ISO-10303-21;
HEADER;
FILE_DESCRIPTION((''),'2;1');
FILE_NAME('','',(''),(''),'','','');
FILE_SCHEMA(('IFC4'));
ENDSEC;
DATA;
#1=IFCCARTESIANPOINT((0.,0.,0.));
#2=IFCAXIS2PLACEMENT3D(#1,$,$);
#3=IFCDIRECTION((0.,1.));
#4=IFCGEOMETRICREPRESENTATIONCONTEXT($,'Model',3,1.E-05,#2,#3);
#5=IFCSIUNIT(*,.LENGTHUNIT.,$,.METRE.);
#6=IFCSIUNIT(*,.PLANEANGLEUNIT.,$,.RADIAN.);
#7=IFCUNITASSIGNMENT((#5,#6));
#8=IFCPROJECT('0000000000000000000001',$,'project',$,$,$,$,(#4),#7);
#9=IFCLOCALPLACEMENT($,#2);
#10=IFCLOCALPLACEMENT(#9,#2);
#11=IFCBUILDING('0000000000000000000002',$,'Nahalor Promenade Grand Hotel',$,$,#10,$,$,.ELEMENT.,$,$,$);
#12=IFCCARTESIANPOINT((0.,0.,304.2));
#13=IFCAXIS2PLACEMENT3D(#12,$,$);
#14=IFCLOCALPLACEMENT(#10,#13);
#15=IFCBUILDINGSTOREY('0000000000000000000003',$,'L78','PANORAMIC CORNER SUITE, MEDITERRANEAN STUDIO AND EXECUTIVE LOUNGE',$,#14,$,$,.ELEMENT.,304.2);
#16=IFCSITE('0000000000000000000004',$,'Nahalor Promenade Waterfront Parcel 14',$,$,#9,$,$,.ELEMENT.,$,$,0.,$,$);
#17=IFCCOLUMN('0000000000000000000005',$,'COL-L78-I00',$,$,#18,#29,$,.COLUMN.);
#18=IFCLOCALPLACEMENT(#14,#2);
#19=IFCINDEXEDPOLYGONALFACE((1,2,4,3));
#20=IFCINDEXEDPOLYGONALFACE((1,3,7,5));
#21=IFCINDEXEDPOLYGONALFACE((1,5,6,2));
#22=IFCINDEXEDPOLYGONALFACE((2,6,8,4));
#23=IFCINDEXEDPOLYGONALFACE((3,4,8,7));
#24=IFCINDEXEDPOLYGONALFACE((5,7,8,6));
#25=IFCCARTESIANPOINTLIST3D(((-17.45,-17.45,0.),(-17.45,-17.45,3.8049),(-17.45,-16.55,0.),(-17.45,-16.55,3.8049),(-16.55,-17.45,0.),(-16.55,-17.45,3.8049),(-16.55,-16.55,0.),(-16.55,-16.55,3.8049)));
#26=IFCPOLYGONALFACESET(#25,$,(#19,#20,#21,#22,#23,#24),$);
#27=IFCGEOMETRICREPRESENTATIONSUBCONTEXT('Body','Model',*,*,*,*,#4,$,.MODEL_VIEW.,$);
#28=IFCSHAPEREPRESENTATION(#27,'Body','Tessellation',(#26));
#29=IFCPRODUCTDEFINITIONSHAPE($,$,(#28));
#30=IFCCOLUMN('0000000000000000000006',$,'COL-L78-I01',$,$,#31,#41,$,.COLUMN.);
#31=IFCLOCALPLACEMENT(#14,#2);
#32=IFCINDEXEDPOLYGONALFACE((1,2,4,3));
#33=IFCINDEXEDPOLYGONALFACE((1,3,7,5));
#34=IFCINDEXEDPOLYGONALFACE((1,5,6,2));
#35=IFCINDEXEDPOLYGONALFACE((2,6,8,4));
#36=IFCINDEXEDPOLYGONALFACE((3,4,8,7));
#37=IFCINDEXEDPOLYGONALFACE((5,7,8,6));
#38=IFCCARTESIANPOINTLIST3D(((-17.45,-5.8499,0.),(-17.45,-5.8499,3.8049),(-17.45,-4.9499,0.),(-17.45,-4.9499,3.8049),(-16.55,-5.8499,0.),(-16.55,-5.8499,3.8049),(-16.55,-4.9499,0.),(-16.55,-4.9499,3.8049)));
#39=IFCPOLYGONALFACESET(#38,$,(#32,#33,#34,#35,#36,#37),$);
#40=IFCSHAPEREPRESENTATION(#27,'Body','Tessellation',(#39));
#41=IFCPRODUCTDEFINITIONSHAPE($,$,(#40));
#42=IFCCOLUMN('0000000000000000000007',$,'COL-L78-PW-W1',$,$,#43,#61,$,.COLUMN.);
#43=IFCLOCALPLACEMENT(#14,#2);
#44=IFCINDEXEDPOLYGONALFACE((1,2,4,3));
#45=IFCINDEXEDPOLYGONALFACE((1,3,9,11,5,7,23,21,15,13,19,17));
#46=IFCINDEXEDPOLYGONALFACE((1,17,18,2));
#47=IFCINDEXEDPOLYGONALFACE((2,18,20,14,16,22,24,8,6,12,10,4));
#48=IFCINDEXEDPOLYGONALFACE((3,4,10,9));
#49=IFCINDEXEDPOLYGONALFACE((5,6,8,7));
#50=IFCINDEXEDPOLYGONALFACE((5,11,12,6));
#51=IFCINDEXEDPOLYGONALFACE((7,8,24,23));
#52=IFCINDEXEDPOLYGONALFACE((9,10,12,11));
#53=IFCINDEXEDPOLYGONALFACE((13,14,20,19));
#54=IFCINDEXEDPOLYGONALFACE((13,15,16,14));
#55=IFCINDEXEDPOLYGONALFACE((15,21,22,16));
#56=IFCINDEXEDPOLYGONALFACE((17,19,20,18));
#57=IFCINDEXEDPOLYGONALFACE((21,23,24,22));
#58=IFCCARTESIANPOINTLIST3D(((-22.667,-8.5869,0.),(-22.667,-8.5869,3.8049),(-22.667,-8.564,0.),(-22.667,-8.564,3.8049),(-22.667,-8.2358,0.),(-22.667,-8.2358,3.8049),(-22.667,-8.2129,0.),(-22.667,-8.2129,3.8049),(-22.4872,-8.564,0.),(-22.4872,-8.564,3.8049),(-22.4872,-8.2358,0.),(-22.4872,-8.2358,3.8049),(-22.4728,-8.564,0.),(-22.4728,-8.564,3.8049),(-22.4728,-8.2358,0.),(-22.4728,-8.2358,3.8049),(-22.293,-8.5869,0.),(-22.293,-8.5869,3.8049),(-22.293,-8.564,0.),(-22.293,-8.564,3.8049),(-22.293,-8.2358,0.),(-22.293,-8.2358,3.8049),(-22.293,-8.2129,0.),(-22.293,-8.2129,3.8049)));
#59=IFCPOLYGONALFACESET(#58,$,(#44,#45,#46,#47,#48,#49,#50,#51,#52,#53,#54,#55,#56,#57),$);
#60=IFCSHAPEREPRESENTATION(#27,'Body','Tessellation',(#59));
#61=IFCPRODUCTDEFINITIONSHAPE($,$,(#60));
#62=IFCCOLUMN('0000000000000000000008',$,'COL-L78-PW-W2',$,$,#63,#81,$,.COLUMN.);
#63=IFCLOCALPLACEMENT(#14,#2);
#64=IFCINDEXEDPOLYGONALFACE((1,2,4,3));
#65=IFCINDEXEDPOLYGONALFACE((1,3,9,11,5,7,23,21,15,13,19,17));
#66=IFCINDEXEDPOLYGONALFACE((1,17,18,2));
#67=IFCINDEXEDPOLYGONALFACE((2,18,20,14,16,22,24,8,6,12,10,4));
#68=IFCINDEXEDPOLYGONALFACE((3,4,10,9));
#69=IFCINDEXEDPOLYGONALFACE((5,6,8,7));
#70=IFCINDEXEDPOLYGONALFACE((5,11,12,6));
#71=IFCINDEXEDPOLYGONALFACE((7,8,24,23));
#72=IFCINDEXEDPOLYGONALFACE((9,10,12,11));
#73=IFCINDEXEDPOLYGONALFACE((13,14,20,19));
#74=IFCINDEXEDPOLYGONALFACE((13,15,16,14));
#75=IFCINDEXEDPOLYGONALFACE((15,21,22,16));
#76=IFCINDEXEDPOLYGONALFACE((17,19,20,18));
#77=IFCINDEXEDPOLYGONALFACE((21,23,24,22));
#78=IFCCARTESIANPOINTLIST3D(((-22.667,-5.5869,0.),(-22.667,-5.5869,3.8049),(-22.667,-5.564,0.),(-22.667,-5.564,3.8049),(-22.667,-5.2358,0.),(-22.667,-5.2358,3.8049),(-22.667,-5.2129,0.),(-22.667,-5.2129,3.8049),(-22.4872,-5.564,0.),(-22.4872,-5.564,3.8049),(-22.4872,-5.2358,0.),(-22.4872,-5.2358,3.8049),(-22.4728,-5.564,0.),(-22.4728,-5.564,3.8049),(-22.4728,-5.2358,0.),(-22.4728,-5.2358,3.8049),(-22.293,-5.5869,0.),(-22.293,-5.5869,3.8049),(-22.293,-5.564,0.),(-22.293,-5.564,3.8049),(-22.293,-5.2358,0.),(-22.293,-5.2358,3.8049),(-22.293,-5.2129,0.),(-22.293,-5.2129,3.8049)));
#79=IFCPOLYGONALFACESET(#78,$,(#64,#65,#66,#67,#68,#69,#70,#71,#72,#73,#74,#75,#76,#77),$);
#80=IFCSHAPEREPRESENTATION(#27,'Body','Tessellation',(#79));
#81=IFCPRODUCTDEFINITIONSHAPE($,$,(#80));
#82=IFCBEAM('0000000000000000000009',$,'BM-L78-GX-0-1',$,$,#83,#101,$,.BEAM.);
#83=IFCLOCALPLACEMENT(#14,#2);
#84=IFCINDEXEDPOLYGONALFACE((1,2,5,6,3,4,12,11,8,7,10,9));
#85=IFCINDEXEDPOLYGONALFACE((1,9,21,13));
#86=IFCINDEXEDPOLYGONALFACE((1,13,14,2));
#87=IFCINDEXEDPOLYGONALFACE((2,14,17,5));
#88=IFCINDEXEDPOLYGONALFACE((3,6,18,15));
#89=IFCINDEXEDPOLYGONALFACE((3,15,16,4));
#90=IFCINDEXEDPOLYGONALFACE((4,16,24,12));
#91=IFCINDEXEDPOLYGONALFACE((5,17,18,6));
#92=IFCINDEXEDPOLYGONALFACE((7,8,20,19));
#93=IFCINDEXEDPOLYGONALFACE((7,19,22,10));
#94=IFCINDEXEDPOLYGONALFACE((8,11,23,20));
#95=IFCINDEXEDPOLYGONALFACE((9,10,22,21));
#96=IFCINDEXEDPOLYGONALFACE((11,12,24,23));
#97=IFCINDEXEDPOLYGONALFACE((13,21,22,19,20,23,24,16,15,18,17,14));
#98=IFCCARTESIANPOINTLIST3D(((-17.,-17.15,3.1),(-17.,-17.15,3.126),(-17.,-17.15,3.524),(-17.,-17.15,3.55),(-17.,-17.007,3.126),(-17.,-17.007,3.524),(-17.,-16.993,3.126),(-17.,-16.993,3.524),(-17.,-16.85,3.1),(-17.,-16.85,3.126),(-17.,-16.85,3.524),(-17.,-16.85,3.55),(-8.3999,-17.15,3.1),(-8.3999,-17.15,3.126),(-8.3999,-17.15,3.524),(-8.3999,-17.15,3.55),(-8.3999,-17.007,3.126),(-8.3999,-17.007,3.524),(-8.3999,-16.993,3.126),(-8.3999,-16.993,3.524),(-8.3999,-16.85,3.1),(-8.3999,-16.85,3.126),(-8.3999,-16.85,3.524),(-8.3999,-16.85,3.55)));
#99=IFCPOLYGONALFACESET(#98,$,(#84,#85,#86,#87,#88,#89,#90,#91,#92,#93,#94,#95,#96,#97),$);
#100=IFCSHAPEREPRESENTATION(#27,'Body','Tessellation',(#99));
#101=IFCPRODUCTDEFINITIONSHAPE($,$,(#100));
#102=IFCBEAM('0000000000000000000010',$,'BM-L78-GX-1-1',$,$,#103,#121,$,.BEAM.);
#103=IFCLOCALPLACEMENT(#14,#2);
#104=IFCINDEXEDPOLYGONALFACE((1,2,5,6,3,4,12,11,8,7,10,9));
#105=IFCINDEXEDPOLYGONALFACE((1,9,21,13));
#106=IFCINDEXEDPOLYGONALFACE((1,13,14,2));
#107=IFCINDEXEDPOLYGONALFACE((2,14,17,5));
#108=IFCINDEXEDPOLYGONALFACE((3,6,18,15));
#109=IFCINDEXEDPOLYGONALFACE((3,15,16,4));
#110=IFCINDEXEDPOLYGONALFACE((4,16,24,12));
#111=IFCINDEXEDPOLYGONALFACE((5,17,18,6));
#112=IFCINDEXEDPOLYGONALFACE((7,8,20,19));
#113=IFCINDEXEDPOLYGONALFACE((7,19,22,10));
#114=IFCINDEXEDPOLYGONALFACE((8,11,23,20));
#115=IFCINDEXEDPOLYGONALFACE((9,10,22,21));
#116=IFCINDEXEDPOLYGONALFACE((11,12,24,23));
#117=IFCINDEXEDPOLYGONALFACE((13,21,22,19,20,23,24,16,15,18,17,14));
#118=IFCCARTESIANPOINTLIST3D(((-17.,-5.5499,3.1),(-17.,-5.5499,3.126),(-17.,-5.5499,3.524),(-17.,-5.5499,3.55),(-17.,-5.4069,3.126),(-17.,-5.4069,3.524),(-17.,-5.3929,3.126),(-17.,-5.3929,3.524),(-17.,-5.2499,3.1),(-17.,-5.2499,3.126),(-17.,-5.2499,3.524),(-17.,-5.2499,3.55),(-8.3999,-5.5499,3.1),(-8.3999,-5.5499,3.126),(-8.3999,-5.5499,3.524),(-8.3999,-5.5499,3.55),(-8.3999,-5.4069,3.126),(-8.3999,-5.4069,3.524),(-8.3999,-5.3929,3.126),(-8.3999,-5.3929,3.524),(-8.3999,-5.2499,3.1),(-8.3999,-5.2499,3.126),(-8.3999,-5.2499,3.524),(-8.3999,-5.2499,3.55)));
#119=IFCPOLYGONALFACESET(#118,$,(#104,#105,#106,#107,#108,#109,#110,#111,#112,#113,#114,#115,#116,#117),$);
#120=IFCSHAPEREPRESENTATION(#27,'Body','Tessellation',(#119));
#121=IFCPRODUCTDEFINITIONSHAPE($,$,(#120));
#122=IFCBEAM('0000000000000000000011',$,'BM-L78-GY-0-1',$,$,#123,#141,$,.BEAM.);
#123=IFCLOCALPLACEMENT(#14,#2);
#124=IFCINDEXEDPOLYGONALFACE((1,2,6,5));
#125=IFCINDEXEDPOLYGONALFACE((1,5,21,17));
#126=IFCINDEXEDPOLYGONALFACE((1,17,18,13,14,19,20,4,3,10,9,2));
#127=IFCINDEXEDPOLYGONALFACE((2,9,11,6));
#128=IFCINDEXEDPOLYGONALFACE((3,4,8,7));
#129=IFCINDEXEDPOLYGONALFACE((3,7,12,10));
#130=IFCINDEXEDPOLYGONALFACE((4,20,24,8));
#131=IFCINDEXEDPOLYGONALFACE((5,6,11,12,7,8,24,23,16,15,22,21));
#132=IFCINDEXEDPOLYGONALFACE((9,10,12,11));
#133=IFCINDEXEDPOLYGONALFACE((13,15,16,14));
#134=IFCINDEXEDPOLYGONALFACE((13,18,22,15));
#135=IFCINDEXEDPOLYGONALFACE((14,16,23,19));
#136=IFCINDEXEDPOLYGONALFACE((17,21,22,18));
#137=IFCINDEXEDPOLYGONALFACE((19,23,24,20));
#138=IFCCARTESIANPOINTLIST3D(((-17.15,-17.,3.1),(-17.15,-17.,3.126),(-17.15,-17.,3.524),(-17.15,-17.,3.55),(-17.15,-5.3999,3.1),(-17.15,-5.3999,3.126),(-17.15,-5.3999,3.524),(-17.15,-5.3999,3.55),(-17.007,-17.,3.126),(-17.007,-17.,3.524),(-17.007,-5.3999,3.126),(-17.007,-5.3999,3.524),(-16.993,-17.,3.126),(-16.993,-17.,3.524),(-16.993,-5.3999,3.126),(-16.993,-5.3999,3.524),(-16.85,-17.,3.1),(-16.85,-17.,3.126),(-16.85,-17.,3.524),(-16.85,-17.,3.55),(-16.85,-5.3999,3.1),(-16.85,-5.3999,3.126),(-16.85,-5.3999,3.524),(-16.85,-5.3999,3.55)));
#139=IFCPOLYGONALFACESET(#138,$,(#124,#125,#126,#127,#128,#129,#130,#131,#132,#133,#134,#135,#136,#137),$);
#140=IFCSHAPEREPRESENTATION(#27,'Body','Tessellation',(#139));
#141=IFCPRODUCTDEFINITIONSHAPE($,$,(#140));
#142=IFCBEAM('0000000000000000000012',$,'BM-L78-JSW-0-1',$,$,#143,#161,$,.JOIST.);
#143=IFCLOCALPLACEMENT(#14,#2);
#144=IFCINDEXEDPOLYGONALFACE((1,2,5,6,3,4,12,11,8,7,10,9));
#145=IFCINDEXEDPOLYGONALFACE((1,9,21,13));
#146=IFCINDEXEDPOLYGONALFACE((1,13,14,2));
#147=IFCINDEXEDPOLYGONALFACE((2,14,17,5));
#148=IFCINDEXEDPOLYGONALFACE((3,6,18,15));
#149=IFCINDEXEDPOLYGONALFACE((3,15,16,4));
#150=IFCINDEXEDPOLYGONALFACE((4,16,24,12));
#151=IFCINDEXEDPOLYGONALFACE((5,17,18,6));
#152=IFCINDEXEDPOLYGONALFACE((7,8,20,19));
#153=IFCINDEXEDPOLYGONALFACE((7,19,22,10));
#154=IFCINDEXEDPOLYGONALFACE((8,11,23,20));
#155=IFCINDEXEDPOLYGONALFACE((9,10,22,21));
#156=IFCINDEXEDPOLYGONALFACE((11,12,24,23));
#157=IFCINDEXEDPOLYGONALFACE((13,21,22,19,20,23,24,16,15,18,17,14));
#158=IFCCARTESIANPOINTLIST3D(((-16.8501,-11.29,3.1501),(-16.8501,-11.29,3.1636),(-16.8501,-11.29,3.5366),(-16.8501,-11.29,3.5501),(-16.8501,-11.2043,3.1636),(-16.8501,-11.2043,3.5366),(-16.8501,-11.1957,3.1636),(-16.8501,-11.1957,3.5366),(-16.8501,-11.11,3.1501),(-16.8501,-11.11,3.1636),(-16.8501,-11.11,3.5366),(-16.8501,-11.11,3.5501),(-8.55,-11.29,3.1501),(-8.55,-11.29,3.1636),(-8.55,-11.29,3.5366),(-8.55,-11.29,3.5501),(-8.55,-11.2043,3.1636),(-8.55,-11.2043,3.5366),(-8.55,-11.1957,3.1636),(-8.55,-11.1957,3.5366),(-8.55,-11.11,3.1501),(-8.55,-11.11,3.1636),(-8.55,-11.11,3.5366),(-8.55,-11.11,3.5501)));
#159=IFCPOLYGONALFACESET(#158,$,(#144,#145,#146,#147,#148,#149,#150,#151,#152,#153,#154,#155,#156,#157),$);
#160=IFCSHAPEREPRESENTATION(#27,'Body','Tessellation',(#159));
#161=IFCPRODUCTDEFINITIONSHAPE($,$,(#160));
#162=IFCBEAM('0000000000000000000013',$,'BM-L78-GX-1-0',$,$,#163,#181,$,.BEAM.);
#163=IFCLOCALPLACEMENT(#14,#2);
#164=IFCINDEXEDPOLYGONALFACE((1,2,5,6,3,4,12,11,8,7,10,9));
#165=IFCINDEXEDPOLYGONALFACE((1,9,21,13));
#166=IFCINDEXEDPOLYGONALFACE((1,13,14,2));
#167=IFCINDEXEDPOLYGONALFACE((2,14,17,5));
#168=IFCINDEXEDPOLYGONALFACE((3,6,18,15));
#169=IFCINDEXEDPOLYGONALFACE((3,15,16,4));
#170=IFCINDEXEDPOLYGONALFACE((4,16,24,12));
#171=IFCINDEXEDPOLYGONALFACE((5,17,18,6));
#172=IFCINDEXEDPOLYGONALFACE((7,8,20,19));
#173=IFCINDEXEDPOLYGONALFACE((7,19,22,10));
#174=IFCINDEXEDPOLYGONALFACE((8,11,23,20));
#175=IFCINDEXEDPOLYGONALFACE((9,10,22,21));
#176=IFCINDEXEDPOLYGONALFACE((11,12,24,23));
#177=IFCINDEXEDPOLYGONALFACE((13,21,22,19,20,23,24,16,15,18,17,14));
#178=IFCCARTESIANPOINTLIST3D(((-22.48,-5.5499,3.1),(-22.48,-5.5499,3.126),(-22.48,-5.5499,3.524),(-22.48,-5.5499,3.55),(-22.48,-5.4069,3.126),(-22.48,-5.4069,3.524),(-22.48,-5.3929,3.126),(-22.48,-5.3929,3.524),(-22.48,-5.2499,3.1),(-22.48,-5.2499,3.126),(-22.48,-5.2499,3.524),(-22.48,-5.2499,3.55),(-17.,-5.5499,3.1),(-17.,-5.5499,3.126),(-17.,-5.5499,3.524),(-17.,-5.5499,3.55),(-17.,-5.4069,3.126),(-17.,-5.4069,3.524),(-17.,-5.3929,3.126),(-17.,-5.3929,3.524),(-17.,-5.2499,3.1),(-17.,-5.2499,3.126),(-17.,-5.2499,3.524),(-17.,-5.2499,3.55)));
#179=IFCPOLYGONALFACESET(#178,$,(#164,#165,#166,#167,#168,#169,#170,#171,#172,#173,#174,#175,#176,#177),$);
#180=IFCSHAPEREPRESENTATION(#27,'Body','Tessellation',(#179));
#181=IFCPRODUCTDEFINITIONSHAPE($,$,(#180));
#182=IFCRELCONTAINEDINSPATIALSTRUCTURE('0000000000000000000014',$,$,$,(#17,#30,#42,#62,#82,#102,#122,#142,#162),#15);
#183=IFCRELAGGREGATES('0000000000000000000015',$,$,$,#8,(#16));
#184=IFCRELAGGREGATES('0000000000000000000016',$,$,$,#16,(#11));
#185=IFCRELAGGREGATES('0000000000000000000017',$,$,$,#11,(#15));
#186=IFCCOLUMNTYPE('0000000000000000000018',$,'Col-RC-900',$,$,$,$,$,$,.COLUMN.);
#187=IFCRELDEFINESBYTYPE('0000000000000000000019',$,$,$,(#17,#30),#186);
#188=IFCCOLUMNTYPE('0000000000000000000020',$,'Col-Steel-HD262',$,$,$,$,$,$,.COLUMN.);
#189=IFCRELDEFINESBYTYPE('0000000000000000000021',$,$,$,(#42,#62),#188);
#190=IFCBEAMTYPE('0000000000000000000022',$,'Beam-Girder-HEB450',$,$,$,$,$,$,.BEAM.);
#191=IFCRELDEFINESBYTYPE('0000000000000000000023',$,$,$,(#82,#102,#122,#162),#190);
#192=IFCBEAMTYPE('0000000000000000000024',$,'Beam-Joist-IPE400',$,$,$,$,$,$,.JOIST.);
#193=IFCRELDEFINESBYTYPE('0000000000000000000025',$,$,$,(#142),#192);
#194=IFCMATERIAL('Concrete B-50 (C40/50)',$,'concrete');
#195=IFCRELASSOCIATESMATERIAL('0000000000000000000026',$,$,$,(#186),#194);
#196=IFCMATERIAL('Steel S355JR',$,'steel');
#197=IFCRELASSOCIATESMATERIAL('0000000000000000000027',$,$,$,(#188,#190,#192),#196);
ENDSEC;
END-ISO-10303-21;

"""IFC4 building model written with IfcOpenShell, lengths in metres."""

from ifc_helpers import new_model, si_unit, direction, frame, origin, origin_2d, place, context, subcontext, project, spatial, rectangle, i_section, extrude, source, transform, mapped, material, material_profile, profile_set, type_object, element, save


model = new_model("IFC4")

# Units and contexts
model_context = context("Model", 3, precision=1e-05, world=origin(), true_north=direction((0.0, 1.0)))
body_context = subcontext(model_context, "Body", "Model", "MODEL_VIEW")
ifc_project = project(units=[si_unit("LENGTHUNIT", "METRE"), si_unit("PLANEANGLEUNIT", "RADIAN")], contexts=[model_context])

# Site, building, storey
site_placement = place(None, origin())
site = spatial("IfcSite", under=ifc_project, at=site_placement, Name="Nahalor Promenade Waterfront Parcel 14", CompositionType="ELEMENT", RefElevation=0.0)
building_placement = place(site_placement, origin())
building = spatial("IfcBuilding", under=site, at=building_placement, Name="Nahalor Promenade Grand Hotel", CompositionType="ELEMENT")
storey_placement = place(building_placement, frame((0.0, 0.0, 304.2)))
storey = spatial("IfcBuildingStorey", under=building, at=storey_placement, Name="L78", Description="PANORAMIC CORNER SUITE, MEDITERRANEAN STUDIO AND EXECUTIVE LOUNGE", CompositionType="ELEMENT", Elevation=304.2)

# Columns
ifc_material_1 = material(Name="Concrete B-50 (C40/50)", Category="concrete")
ifc_material_profile_1 = material_profile(ifc_material_1, rectangle(XDim=0.9, YDim=0.9, at=origin_2d()), Name="RC 900x900")
ifc_profile_set_1 = profile_set([ifc_material_profile_1], Name="Concrete B-50 (C40/50)")
column_type_1 = type_object("IfcColumnType", Name="Col-RC-900", PredefinedType="COLUMN", material=ifc_profile_set_1)
shared_shape_1 = source(origin(), body_context, "Body", "SweptSolid", [
    extrude(rectangle(XDim=0.9, YDim=0.9, at=origin_2d()), origin(), (0.0, 0.0, 1.0), 3.8049),
])
for number, where, z_axis, x_axis, name in (
    (1, (-17.0, -17.0, 0.0), (0.0, 0.0, 1.0), (1.0, 0.0, 0.0), "COL-L78-I00"),
    (2, (-17.0, -5.3999, 0.0), (0.0, 0.0, 1.0), (1.0, 0.0, 0.0), "COL-L78-I01"),
):
    element("IfcColumn", number, at=place(storey_placement, frame(where, z_axis=z_axis, x_axis=x_axis)), inside=storey, type_object=column_type_1, Name=name, PredefinedType="COLUMN", context=body_context, shape_type="MappedRepresentation", body=[
        mapped(shared_shape_1, transform((0.0, 0.0, 0.0), scale=1.0)),
    ])
ifc_material_2 = material(Name="Steel S355JR", Category="steel")
ifc_material_profile_2 = material_profile(ifc_material_2, i_section(OverallWidth=0.374, OverallDepth=0.374, WebThickness=0.0144, FlangeThickness=0.0229, at=origin_2d()), Name="HD 360x262")
ifc_profile_set_2 = profile_set([ifc_material_profile_2], Name="Steel S355JR")
column_type_2 = type_object("IfcColumnType", Name="Col-Steel-HD262", PredefinedType="COLUMN", material=ifc_profile_set_2)
shared_shape_2 = source(origin(), body_context, "Body", "SweptSolid", [
    extrude(i_section(OverallWidth=0.374, OverallDepth=0.374, WebThickness=0.0144, FlangeThickness=0.0229, at=origin_2d()), origin(), (0.0, 0.0, 1.0), 3.8049),
])
for number, where, z_axis, x_axis, name in (
    (3, (-22.48, -8.3999, 0.0), (0.0, 0.0, 1.0), (1.0, 0.0, 0.0), "COL-L78-PW-W1"),
    (4, (-22.48, -5.3999, 0.0), (0.0, 0.0, 1.0), (1.0, 0.0, 0.0), "COL-L78-PW-W2"),
):
    element("IfcColumn", number, at=place(storey_placement, frame(where, z_axis=z_axis, x_axis=x_axis)), inside=storey, type_object=column_type_2, Name=name, PredefinedType="COLUMN", context=body_context, shape_type="MappedRepresentation", body=[
        mapped(shared_shape_2, transform((0.0, 0.0, 0.0), scale=1.0)),
    ])

# Beams
ifc_material_profile_3 = material_profile(ifc_material_2, i_section(OverallWidth=0.3, OverallDepth=0.45, WebThickness=0.014, FlangeThickness=0.026, at=origin_2d()), Name="HEB 450")
ifc_profile_set_3 = profile_set([ifc_material_profile_3], Name="Steel S355JR")
beam_type_1 = type_object("IfcBeamType", Name="Beam-Girder-HEB450", PredefinedType="BEAM", material=ifc_profile_set_3)
shared_shape_3 = source(origin(), body_context, "Body", "SweptSolid", [
    extrude(i_section(OverallWidth=0.3, OverallDepth=0.45, WebThickness=0.014, FlangeThickness=0.026, at=origin_2d()), origin(), (0.0, 0.0, 1.0), 8.6001),
])
for number, where, z_axis, x_axis, name in (
    (5, (-17.0, -17.0, 3.325), (1.0, 0.0, 0.0), (0.0, 1.0, 0.0), "BM-L78-GX-0-1"),
    (6, (-17.0, -5.3999, 3.325), (1.0, 0.0, 0.0), (0.0, 1.0, 0.0), "BM-L78-GX-1-1"),
):
    element("IfcBeam", number, at=place(storey_placement, frame(where, z_axis=z_axis, x_axis=x_axis)), inside=storey, type_object=beam_type_1, Name=name, PredefinedType="BEAM", context=body_context, shape_type="MappedRepresentation", body=[
        mapped(shared_shape_3, transform((0.0, 0.0, 0.0), scale=1.0)),
    ])
shared_shape_4 = source(origin(), body_context, "Body", "SweptSolid", [
    extrude(i_section(OverallWidth=0.3, OverallDepth=0.45, WebThickness=0.014, FlangeThickness=0.026, at=origin_2d()), origin(), (0.0, 0.0, 1.0), 11.6001),
])
beam_1_placement = place(storey_placement, frame((-17.0, -17.0, 3.325), z_axis=(0.0, 1.0, 0.0), x_axis=(-1.0, 0.0, 0.0)))
element("IfcBeam", 7, at=beam_1_placement, inside=storey, type_object=beam_type_1, Name="BM-L78-GY-0-1", PredefinedType="BEAM", context=body_context, shape_type="MappedRepresentation", body=[
    mapped(shared_shape_4, transform((0.0, 0.0, 0.0), scale=1.0)),
])
ifc_material_profile_4 = material_profile(ifc_material_2, i_section(OverallWidth=0.18, OverallDepth=0.4, WebThickness=0.0086, FlangeThickness=0.0135, at=origin_2d()), Name="IPE 400")
ifc_profile_set_4 = profile_set([ifc_material_profile_4], Name="Steel S355JR")
beam_type_2 = type_object("IfcBeamType", Name="Beam-Joist-IPE400", PredefinedType="JOIST", material=ifc_profile_set_4)
shared_shape_5 = source(origin(), body_context, "Body", "SweptSolid", [
    extrude(i_section(OverallWidth=0.18, OverallDepth=0.4, WebThickness=0.0086, FlangeThickness=0.0135, at=origin_2d()), origin(), (0.0, 0.0, 1.0), 8.3),
])
beam_2_placement = place(storey_placement, frame((-16.8501, -11.2, 3.3501), z_axis=(1.0, 0.0, 0.0), x_axis=(0.0, 1.0, 0.0)))
element("IfcBeam", 8, at=beam_2_placement, inside=storey, type_object=beam_type_2, Name="BM-L78-JSW-0-1", PredefinedType="JOIST", context=body_context, shape_type="MappedRepresentation", body=[
    mapped(shared_shape_5, transform((0.0, 0.0, 0.0), scale=1.0)),
])
shared_shape_6 = source(origin(), body_context, "Body", "SweptSolid", [
    extrude(i_section(OverallWidth=0.3, OverallDepth=0.45, WebThickness=0.014, FlangeThickness=0.026, at=origin_2d()), origin(), (0.0, 0.0, 1.0), 5.48),
])
beam_3_placement = place(storey_placement, frame((-22.48, -5.3999, 3.325), z_axis=(1.0, 0.0, 0.0), x_axis=(0.0, 1.0, 0.0)))
element("IfcBeam", 9, at=beam_3_placement, inside=storey, type_object=beam_type_1, Name="BM-L78-GX-1-0", PredefinedType="BEAM", context=body_context, shape_type="MappedRepresentation", body=[
    mapped(shared_shape_6, transform((0.0, 0.0, 0.0), scale=1.0)),
])

save(model, "model.ifc")
